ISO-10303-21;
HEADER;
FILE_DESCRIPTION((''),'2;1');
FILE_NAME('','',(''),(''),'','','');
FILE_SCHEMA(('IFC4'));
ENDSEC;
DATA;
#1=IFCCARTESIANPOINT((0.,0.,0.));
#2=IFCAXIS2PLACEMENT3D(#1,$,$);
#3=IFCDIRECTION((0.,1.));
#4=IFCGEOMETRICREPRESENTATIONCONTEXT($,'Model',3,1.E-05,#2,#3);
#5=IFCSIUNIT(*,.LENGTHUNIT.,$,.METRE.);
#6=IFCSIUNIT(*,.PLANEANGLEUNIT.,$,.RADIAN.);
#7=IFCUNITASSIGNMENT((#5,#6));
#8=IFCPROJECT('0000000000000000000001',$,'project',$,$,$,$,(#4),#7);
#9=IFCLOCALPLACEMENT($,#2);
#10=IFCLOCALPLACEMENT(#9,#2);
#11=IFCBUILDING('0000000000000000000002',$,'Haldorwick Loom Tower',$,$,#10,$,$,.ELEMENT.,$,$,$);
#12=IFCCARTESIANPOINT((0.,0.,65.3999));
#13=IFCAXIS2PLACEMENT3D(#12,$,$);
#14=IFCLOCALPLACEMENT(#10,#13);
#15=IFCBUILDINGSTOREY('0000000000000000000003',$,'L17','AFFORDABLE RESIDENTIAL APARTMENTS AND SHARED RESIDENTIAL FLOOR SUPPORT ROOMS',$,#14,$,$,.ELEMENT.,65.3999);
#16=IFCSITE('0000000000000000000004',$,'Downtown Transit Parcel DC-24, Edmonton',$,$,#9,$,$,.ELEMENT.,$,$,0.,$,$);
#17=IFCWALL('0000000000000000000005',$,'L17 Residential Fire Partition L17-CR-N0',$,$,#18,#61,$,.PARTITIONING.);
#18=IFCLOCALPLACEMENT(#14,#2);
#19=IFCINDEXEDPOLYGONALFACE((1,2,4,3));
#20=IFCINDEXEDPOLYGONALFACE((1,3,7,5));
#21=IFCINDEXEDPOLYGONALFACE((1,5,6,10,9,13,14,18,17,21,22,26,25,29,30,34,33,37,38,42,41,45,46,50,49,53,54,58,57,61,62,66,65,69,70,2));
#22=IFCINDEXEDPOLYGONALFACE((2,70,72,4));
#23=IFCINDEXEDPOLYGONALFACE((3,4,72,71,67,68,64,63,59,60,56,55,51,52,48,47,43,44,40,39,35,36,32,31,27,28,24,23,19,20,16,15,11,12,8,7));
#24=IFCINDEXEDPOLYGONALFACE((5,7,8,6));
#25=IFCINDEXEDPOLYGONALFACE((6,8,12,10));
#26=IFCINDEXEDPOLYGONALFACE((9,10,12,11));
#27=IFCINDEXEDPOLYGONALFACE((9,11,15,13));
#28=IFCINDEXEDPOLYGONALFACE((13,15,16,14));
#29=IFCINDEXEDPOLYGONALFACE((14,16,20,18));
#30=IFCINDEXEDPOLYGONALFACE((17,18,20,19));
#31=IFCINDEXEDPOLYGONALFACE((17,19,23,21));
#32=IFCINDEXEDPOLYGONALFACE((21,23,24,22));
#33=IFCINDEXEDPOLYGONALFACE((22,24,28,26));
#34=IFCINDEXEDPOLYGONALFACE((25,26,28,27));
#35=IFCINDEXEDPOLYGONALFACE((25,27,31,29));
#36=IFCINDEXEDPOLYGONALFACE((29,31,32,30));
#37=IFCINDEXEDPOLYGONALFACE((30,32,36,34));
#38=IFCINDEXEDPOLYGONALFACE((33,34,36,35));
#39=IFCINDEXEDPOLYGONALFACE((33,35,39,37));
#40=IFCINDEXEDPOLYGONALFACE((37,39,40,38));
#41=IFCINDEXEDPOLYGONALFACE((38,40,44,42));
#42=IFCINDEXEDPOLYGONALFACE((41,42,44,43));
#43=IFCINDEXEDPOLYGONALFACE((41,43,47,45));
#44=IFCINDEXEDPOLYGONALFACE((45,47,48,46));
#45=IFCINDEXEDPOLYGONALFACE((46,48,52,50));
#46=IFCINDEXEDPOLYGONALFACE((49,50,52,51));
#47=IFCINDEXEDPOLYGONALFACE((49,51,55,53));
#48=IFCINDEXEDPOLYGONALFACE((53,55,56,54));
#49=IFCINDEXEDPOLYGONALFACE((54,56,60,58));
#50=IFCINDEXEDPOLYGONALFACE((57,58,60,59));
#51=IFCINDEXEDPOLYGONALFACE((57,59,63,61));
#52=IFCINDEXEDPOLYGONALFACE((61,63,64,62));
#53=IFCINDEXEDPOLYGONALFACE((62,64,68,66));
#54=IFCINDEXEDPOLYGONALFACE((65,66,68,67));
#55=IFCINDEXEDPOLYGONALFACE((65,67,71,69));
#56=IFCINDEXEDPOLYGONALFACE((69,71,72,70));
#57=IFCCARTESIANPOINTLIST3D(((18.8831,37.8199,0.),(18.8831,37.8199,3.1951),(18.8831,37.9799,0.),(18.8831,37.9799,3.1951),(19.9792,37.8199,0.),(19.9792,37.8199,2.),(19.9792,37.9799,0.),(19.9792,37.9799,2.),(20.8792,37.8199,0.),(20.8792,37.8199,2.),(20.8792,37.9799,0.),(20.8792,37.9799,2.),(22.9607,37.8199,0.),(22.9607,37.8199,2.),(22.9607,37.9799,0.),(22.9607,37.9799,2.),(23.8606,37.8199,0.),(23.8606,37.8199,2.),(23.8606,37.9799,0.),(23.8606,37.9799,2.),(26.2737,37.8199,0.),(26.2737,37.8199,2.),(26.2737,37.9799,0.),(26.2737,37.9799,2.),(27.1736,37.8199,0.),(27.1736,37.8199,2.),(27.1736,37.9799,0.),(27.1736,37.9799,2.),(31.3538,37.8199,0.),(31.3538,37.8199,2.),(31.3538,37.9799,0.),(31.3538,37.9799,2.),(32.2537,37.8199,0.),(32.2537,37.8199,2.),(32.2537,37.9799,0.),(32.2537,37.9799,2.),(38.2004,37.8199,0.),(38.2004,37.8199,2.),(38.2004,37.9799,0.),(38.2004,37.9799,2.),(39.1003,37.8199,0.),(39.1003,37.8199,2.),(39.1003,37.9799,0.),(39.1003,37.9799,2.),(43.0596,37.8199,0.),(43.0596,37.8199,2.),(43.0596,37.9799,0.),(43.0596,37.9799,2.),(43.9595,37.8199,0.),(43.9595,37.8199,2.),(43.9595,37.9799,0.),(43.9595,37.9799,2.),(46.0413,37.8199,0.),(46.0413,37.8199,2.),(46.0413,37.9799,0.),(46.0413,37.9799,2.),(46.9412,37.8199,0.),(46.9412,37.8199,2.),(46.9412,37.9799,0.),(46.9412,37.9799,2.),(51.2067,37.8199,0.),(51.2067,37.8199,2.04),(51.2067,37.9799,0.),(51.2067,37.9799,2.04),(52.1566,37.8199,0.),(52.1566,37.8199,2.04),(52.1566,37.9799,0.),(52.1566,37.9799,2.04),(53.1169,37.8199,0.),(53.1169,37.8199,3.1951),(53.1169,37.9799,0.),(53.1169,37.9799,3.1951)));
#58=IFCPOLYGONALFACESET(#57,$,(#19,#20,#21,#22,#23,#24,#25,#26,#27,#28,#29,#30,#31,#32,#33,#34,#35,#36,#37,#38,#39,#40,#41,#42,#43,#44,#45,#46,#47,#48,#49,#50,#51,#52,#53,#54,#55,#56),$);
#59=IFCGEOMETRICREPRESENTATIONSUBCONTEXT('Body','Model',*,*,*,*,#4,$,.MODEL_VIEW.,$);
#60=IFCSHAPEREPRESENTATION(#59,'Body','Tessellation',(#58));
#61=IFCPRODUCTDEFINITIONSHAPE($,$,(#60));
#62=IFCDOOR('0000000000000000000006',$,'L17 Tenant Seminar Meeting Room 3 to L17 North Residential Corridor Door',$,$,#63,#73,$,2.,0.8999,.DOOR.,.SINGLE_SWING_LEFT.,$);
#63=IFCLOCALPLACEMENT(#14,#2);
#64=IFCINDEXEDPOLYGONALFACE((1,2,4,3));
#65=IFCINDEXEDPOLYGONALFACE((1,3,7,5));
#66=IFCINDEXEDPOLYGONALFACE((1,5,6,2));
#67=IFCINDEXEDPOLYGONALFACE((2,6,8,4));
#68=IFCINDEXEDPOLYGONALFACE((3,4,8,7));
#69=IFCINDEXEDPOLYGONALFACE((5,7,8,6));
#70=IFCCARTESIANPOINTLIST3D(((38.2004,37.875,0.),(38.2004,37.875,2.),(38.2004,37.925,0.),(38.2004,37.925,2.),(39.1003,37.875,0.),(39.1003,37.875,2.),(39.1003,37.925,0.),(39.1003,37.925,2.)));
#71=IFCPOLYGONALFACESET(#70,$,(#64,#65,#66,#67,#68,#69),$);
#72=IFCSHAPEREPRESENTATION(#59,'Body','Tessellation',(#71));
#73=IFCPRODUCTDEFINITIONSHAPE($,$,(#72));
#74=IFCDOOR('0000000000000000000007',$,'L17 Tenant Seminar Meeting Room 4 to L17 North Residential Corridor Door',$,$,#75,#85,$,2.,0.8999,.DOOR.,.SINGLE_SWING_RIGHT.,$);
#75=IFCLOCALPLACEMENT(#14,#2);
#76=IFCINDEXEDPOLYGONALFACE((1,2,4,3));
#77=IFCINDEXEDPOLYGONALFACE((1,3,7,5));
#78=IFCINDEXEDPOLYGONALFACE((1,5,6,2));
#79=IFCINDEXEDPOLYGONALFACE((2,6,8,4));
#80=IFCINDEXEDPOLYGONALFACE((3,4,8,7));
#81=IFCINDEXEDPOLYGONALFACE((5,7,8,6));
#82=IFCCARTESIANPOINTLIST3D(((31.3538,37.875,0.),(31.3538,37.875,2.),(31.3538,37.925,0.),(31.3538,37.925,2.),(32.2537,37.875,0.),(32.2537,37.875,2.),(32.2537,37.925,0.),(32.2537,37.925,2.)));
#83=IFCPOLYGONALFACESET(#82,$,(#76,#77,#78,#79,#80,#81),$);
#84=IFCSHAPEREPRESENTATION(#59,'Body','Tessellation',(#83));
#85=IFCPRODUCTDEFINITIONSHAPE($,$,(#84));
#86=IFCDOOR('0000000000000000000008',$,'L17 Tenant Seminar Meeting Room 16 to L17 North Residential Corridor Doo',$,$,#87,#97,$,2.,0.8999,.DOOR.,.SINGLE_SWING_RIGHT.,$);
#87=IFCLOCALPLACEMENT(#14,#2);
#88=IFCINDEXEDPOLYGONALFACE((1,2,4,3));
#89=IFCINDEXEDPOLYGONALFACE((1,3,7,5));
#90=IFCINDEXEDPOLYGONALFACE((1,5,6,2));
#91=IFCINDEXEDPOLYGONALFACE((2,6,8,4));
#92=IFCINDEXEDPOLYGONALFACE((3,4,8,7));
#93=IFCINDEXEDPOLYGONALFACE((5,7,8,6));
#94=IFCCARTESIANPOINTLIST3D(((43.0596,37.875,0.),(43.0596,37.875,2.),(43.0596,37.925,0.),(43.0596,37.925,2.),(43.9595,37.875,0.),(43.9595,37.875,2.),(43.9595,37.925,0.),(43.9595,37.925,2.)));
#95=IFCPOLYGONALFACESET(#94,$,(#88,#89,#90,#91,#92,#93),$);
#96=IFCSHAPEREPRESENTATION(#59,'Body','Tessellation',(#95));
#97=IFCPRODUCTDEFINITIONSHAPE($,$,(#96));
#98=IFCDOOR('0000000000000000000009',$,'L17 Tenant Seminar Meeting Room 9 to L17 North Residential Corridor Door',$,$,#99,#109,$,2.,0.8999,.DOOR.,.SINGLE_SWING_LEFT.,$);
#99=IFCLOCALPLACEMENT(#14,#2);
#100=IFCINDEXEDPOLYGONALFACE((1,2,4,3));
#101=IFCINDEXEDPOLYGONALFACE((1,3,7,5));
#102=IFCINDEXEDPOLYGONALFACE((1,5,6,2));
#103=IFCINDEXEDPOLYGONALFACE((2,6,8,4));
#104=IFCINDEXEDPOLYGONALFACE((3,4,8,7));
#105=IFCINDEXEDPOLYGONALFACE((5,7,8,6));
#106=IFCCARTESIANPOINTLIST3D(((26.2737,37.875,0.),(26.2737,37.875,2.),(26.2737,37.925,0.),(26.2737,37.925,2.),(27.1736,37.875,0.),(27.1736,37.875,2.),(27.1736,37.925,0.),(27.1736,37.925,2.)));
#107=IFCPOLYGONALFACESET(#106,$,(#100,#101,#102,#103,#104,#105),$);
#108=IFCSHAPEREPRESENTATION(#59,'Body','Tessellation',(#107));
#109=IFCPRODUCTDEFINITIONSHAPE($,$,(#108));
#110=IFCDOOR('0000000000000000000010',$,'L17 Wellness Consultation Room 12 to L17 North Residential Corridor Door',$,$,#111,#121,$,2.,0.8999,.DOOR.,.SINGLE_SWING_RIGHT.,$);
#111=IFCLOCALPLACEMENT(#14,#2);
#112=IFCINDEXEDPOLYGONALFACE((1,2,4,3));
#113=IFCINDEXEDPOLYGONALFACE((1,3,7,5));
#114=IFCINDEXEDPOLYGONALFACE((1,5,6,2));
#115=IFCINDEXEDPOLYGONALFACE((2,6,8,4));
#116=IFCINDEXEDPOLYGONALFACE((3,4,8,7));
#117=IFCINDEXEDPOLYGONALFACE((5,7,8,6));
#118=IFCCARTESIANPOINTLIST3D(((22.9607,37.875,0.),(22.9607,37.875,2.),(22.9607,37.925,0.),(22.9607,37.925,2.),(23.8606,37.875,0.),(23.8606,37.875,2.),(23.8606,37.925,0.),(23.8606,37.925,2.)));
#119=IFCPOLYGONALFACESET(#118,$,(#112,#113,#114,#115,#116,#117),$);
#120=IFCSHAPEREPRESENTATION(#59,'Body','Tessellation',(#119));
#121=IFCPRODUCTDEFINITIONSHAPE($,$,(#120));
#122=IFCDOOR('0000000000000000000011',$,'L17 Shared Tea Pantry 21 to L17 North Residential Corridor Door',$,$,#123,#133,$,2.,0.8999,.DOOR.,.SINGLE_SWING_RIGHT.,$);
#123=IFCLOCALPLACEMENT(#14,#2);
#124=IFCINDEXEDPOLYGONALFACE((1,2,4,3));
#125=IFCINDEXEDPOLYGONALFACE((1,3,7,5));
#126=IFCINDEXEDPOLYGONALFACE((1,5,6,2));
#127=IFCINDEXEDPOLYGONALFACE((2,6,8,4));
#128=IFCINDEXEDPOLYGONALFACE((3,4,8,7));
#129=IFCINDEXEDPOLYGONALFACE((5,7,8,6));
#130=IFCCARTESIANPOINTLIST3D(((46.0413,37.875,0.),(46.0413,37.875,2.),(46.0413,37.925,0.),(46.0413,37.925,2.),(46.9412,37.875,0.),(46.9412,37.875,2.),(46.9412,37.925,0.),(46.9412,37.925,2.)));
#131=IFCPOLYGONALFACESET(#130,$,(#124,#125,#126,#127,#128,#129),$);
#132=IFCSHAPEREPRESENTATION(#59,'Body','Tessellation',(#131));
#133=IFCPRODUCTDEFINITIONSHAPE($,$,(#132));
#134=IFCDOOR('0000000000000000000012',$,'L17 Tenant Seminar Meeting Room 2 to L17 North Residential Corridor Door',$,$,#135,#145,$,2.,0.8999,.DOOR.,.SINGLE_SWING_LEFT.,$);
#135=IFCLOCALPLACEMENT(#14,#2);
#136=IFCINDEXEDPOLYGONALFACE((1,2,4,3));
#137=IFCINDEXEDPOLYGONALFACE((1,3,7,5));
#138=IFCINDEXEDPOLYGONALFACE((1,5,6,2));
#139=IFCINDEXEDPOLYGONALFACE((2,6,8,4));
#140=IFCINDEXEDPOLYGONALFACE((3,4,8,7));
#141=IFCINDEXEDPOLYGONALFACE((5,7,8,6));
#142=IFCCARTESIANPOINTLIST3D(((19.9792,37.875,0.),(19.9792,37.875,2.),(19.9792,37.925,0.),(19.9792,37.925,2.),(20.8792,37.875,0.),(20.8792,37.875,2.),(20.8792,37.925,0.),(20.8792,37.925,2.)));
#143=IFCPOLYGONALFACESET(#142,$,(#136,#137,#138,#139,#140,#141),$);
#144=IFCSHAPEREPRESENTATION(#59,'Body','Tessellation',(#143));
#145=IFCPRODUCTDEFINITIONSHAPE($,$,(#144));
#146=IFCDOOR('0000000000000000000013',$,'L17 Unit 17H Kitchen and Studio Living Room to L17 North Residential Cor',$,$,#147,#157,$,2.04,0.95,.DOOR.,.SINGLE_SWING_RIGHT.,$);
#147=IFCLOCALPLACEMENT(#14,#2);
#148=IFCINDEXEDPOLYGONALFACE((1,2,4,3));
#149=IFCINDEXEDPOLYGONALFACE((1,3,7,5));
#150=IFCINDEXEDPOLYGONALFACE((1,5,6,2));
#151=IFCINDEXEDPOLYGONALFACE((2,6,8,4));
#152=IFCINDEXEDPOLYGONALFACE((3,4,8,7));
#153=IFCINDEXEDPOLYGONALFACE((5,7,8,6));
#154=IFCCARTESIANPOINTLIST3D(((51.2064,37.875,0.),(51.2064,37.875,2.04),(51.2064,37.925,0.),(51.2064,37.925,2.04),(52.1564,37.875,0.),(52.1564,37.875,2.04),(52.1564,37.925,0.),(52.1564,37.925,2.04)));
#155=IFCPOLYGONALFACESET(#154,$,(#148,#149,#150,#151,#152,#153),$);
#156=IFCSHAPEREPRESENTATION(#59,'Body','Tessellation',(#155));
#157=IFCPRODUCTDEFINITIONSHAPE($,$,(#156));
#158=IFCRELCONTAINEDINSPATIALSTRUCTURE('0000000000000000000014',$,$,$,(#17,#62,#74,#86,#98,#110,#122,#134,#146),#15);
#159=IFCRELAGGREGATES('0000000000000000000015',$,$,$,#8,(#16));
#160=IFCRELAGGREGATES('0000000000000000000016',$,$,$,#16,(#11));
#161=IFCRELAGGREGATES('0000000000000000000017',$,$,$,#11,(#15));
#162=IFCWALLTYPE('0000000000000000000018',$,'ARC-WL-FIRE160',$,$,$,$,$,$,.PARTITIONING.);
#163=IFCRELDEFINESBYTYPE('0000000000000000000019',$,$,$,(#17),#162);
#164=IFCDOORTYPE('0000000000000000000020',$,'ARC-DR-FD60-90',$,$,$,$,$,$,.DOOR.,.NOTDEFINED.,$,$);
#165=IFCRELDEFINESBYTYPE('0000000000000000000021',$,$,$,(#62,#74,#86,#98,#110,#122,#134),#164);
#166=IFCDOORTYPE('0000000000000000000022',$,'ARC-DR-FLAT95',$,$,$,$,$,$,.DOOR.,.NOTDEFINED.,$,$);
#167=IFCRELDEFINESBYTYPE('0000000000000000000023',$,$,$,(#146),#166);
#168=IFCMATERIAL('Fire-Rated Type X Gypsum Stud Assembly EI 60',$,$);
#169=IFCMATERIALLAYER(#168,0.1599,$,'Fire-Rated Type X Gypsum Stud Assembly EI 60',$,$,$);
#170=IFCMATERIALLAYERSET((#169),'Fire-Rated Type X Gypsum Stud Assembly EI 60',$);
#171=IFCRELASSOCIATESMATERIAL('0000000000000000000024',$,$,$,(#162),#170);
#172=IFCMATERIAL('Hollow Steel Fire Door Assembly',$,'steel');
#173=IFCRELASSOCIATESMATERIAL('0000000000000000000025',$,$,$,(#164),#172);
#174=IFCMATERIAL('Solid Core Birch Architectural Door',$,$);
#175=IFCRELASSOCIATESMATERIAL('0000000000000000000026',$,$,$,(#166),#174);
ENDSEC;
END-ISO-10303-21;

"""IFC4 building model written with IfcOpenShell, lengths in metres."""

from ifc_helpers import new_model, si_unit, direction, frame, frame_2d, origin, place, context, subcontext, project, spatial, rectangle, extrude, material, layer, layer_set, type_object, element, fill, save


model = new_model("IFC4")

# Units and contexts
model_context = context("Model", 3, precision=1e-05, world=origin(), true_north=direction((0.0, 1.0)))
body_context = subcontext(model_context, "Body", "Model", "MODEL_VIEW")
ifc_project = project(units=[si_unit("LENGTHUNIT", "METRE"), si_unit("PLANEANGLEUNIT", "RADIAN")], contexts=[model_context])

# Site, building, storey
site_placement = place(None, origin())
site = spatial("IfcSite", under=ifc_project, at=site_placement, Name="Downtown Transit Parcel DC-24, Edmonton", CompositionType="ELEMENT", RefElevation=0.0)
building_placement = place(site_placement, origin())
building = spatial("IfcBuilding", under=site, at=building_placement, Name="Haldorwick Loom Tower", CompositionType="ELEMENT")
storey_placement = place(building_placement, frame((0.0, 0.0, 65.3999)))
storey = spatial("IfcBuildingStorey", under=building, at=storey_placement, Name="L17", Description="AFFORDABLE RESIDENTIAL APARTMENTS AND SHARED RESIDENTIAL FLOOR SUPPORT ROOMS", CompositionType="ELEMENT", Elevation=65.3999)

# Shared definitions
ifc_material_1 = material(Name="Fire-Rated Type X Gypsum Stud Assembly EI 60")
ifc_layer_1 = layer(ifc_material_1, 0.1599, Name="Fire-Rated Type X Gypsum Stud Assembly EI 60")
ifc_layer_set_1 = layer_set([ifc_layer_1], Name="Fire-Rated Type X Gypsum Stud Assembly EI 60")
wall_type_1 = type_object("IfcWallType", Name="ARC-WL-FIRE160", PredefinedType="PARTITIONING", material=ifc_layer_set_1)

# Wall, openings, doors
wall_1_placement = place(storey_placement, frame((18.8831, 37.8999, 0.0), z_axis=(0.0, 0.0, 1.0), x_axis=(1.0, 0.0, 0.0)))
wall_1 = element("IfcWall", 1, at=wall_1_placement, inside=storey, type_object=wall_type_1, Name="L17 Residential Fire Partition L17-CR-N0", PredefinedType="PARTITIONING", context=body_context, shape_type="SweptSolid", body=[
    extrude(rectangle(XDim=34.2339, YDim=0.1599, at=frame_2d((17.1169, 0.0))), origin(), (0.0, 0.0, 1.0), 3.1951),
])
opening_1_placement = place(wall_1_placement, frame((19.3174, 0.0, 0.0)))
opening_1 = element("IfcOpeningElement", 2, at=opening_1_placement, cuts=wall_1, PredefinedType="OPENING", context=body_context, shape_type="SweptSolid", body=[
    extrude(rectangle(XDim=0.8999, YDim=2.0, at=frame_2d((0.45, 1.0))), frame((0.0, 0.0898, 0.0), z_axis=(0.0, -1.0, 0.0), x_axis=(1.0, 0.0, 0.0)), (0.0, 0.0, 1.0), 0.1799),
])
opening_2_placement = place(wall_1_placement, frame((12.4707, 0.0, 0.0)))
opening_2 = element("IfcOpeningElement", 3, at=opening_2_placement, cuts=wall_1, PredefinedType="OPENING", context=body_context, shape_type="SweptSolid", body=[
    extrude(rectangle(XDim=0.8999, YDim=2.0, at=frame_2d((0.45, 1.0))), frame((0.0, 0.0898, 0.0), z_axis=(0.0, -1.0, 0.0), x_axis=(1.0, 0.0, 0.0)), (0.0, 0.0, 1.0), 0.1799),
])
opening_3_placement = place(wall_1_placement, frame((24.1765, 0.0, 0.0)))
opening_3 = element("IfcOpeningElement", 4, at=opening_3_placement, cuts=wall_1, PredefinedType="OPENING", context=body_context, shape_type="SweptSolid", body=[
    extrude(rectangle(XDim=0.8999, YDim=2.0, at=frame_2d((0.45, 1.0))), frame((0.0, 0.0898, 0.0), z_axis=(0.0, -1.0, 0.0), x_axis=(1.0, 0.0, 0.0)), (0.0, 0.0, 1.0), 0.1799),
])
opening_4_placement = place(wall_1_placement, frame((7.3906, 0.0, 0.0)))
opening_4 = element("IfcOpeningElement", 5, at=opening_4_placement, cuts=wall_1, PredefinedType="OPENING", context=body_context, shape_type="SweptSolid", body=[
    extrude(rectangle(XDim=0.8999, YDim=2.0, at=frame_2d((0.45, 1.0))), frame((0.0, 0.0898, 0.0), z_axis=(0.0, -1.0, 0.0), x_axis=(1.0, 0.0, 0.0)), (0.0, 0.0, 1.0), 0.1799),
])
opening_5_placement = place(wall_1_placement, frame((4.0776, 0.0, 0.0)))
opening_5 = element("IfcOpeningElement", 6, at=opening_5_placement, cuts=wall_1, PredefinedType="OPENING", context=body_context, shape_type="SweptSolid", body=[
    extrude(rectangle(XDim=0.8999, YDim=2.0, at=frame_2d((0.45, 1.0))), frame((0.0, 0.0898, 0.0), z_axis=(0.0, -1.0, 0.0), x_axis=(1.0, 0.0, 0.0)), (0.0, 0.0, 1.0), 0.1799),
])
opening_6_placement = place(wall_1_placement, frame((27.1582, 0.0, 0.0)))
opening_6 = element("IfcOpeningElement", 7, at=opening_6_placement, cuts=wall_1, PredefinedType="OPENING", context=body_context, shape_type="SweptSolid", body=[
    extrude(rectangle(XDim=0.8999, YDim=2.0, at=frame_2d((0.45, 1.0))), frame((0.0, 0.0898, 0.0), z_axis=(0.0, -1.0, 0.0), x_axis=(1.0, 0.0, 0.0)), (0.0, 0.0, 1.0), 0.1799),
])
opening_7_placement = place(wall_1_placement, frame((1.0962, 0.0, 0.0)))
opening_7 = element("IfcOpeningElement", 8, at=opening_7_placement, cuts=wall_1, PredefinedType="OPENING", context=body_context, shape_type="SweptSolid", body=[
    extrude(rectangle(XDim=0.8999, YDim=2.0, at=frame_2d((0.45, 1.0))), frame((0.0, 0.0898, 0.0), z_axis=(0.0, -1.0, 0.0), x_axis=(1.0, 0.0, 0.0)), (0.0, 0.0, 1.0), 0.1799),
])
opening_8_placement = place(wall_1_placement, frame((32.3235, 0.0, 0.0)))
opening_8 = element("IfcOpeningElement", 9, at=opening_8_placement, cuts=wall_1, PredefinedType="OPENING", context=body_context, shape_type="SweptSolid", body=[
    extrude(rectangle(XDim=0.95, YDim=2.04, at=frame_2d((0.4751, 1.02))), frame((0.0, 0.0898, 0.0), z_axis=(0.0, -1.0, 0.0), x_axis=(1.0, 0.0, 0.0)), (0.0, 0.0, 1.0), 0.1799),
])
ifc_material_2 = material(Name="Hollow Steel Fire Door Assembly", Category="steel")
door_type_1 = type_object("IfcDoorType", Name="ARC-DR-FD60-90", OperationType="NOTDEFINED", PredefinedType="DOOR", material=ifc_material_2)
door_1_placement = place(opening_1_placement, frame((0.8999, 0.0, 0.0), z_axis=(0.0, 0.0, 1.0), x_axis=(-1.0, 0.0, 0.0)))
door_1 = element("IfcDoor", 10, at=door_1_placement, inside=storey, type_object=door_type_1, Name="L17 Tenant Seminar Meeting Room 3 to L17 North Residential Corridor Door", OperationType="SINGLE_SWING_LEFT", OverallHeight=2.0, OverallWidth=0.8999, PredefinedType="DOOR", context=body_context, shape_type="SweptSolid", body=[
    extrude(rectangle(XDim=0.8999, YDim=2.0, at=frame_2d((0.45, 1.0))), frame((0.0, 0.0249, 0.0), z_axis=(0.0, -1.0, 0.0), x_axis=(1.0, 0.0, 0.0)), (0.0, 0.0, 1.0), 0.05),
])
fill(opening_1, door_1)
door_2_placement = place(opening_2_placement, frame((0.8999, 0.0, 0.0), z_axis=(0.0, 0.0, 1.0), x_axis=(-1.0, 0.0, 0.0)))
door_2 = element("IfcDoor", 11, at=door_2_placement, inside=storey, type_object=door_type_1, Name="L17 Tenant Seminar Meeting Room 4 to L17 North Residential Corridor Door", OperationType="SINGLE_SWING_RIGHT", OverallHeight=2.0, OverallWidth=0.8999, PredefinedType="DOOR", context=body_context, shape_type="SweptSolid", body=[
    extrude(rectangle(XDim=0.8999, YDim=2.0, at=frame_2d((0.45, 1.0))), frame((0.0, 0.0249, 0.0), z_axis=(0.0, -1.0, 0.0), x_axis=(1.0, 0.0, 0.0)), (0.0, 0.0, 1.0), 0.05),
])
fill(opening_2, door_2)
door_3_placement = place(opening_3_placement, frame((0.8999, 0.0, 0.0), z_axis=(0.0, 0.0, 1.0), x_axis=(-1.0, 0.0, 0.0)))
door_3 = element("IfcDoor", 12, at=door_3_placement, inside=storey, type_object=door_type_1, Name="L17 Tenant Seminar Meeting Room 16 to L17 North Residential Corridor Doo", OperationType="SINGLE_SWING_RIGHT", OverallHeight=2.0, OverallWidth=0.8999, PredefinedType="DOOR", context=body_context, shape_type="SweptSolid", body=[
    extrude(rectangle(XDim=0.8999, YDim=2.0, at=frame_2d((0.45, 1.0))), frame((0.0, 0.0249, 0.0), z_axis=(0.0, -1.0, 0.0), x_axis=(1.0, 0.0, 0.0)), (0.0, 0.0, 1.0), 0.05),
])
fill(opening_3, door_3)
door_4_placement = place(opening_4_placement, frame((0.8999, 0.0, 0.0), z_axis=(0.0, 0.0, 1.0), x_axis=(-1.0, 0.0, 0.0)))
door_4 = element("IfcDoor", 13, at=door_4_placement, inside=storey, type_object=door_type_1, Name="L17 Tenant Seminar Meeting Room 9 to L17 North Residential Corridor Door", OperationType="SINGLE_SWING_LEFT", OverallHeight=2.0, OverallWidth=0.8999, PredefinedType="DOOR", context=body_context, shape_type="SweptSolid", body=[
    extrude(rectangle(XDim=0.8999, YDim=2.0, at=frame_2d((0.45, 1.0))), frame((0.0, 0.0249, 0.0), z_axis=(0.0, -1.0, 0.0), x_axis=(1.0, 0.0, 0.0)), (0.0, 0.0, 1.0), 0.05),
])
fill(opening_4, door_4)
door_5_placement = place(opening_5_placement, frame((0.8999, 0.0, 0.0), z_axis=(0.0, 0.0, 1.0), x_axis=(-1.0, 0.0, 0.0)))
door_5 = element("IfcDoor", 14, at=door_5_placement, inside=storey, type_object=door_type_1, Name="L17 Wellness Consultation Room 12 to L17 North Residential Corridor Door", OperationType="SINGLE_SWING_RIGHT", OverallHeight=2.0, OverallWidth=0.8999, PredefinedType="DOOR", context=body_context, shape_type="SweptSolid", body=[
    extrude(rectangle(XDim=0.8999, YDim=2.0, at=frame_2d((0.45, 1.0))), frame((0.0, 0.0249, 0.0), z_axis=(0.0, -1.0, 0.0), x_axis=(1.0, 0.0, 0.0)), (0.0, 0.0, 1.0), 0.05),
])
fill(opening_5, door_5)
door_6_placement = place(opening_6_placement, frame((0.8999, 0.0, 0.0), z_axis=(0.0, 0.0, 1.0), x_axis=(-1.0, 0.0, 0.0)))
door_6 = element("IfcDoor", 15, at=door_6_placement, inside=storey, type_object=door_type_1, Name="L17 Shared Tea Pantry 21 to L17 North Residential Corridor Door", OperationType="SINGLE_SWING_RIGHT", OverallHeight=2.0, OverallWidth=0.8999, PredefinedType="DOOR", context=body_context, shape_type="SweptSolid", body=[
    extrude(rectangle(XDim=0.8999, YDim=2.0, at=frame_2d((0.45, 1.0))), frame((0.0, 0.0249, 0.0), z_axis=(0.0, -1.0, 0.0), x_axis=(1.0, 0.0, 0.0)), (0.0, 0.0, 1.0), 0.05),
])
fill(opening_6, door_6)
door_7_placement = place(opening_7_placement, frame((0.8999, 0.0, 0.0), z_axis=(0.0, 0.0, 1.0), x_axis=(-1.0, 0.0, 0.0)))
door_7 = element("IfcDoor", 16, at=door_7_placement, inside=storey, type_object=door_type_1, Name="L17 Tenant Seminar Meeting Room 2 to L17 North Residential Corridor Door", OperationType="SINGLE_SWING_LEFT", OverallHeight=2.0, OverallWidth=0.8999, PredefinedType="DOOR", context=body_context, shape_type="SweptSolid", body=[
    extrude(rectangle(XDim=0.8999, YDim=2.0, at=frame_2d((0.45, 1.0))), frame((0.0, 0.0249, 0.0), z_axis=(0.0, -1.0, 0.0), x_axis=(1.0, 0.0, 0.0)), (0.0, 0.0, 1.0), 0.05),
])
fill(opening_7, door_7)
ifc_material_3 = material(Name="Solid Core Birch Architectural Door")
door_type_2 = type_object("IfcDoorType", Name="ARC-DR-FLAT95", OperationType="NOTDEFINED", PredefinedType="DOOR", material=ifc_material_3)
door_8_placement = place(opening_8_placement, frame((0.95, 0.0, 0.0), z_axis=(0.0, 0.0, 1.0), x_axis=(-1.0, 0.0, 0.0)))
door_8 = element("IfcDoor", 17, at=door_8_placement, inside=storey, type_object=door_type_2, Name="L17 Unit 17H Kitchen and Studio Living Room to L17 North Residential Cor", OperationType="SINGLE_SWING_RIGHT", OverallHeight=2.04, OverallWidth=0.95, PredefinedType="DOOR", context=body_context, shape_type="SweptSolid", body=[
    extrude(rectangle(XDim=0.95, YDim=2.04, at=frame_2d((0.4751, 1.02))), frame((0.0, 0.0249, 0.0), z_axis=(0.0, -1.0, 0.0), x_axis=(1.0, 0.0, 0.0)), (0.0, 0.0, 1.0), 0.05),
])
fill(opening_8, door_8)

save(model, "model.ifc")
